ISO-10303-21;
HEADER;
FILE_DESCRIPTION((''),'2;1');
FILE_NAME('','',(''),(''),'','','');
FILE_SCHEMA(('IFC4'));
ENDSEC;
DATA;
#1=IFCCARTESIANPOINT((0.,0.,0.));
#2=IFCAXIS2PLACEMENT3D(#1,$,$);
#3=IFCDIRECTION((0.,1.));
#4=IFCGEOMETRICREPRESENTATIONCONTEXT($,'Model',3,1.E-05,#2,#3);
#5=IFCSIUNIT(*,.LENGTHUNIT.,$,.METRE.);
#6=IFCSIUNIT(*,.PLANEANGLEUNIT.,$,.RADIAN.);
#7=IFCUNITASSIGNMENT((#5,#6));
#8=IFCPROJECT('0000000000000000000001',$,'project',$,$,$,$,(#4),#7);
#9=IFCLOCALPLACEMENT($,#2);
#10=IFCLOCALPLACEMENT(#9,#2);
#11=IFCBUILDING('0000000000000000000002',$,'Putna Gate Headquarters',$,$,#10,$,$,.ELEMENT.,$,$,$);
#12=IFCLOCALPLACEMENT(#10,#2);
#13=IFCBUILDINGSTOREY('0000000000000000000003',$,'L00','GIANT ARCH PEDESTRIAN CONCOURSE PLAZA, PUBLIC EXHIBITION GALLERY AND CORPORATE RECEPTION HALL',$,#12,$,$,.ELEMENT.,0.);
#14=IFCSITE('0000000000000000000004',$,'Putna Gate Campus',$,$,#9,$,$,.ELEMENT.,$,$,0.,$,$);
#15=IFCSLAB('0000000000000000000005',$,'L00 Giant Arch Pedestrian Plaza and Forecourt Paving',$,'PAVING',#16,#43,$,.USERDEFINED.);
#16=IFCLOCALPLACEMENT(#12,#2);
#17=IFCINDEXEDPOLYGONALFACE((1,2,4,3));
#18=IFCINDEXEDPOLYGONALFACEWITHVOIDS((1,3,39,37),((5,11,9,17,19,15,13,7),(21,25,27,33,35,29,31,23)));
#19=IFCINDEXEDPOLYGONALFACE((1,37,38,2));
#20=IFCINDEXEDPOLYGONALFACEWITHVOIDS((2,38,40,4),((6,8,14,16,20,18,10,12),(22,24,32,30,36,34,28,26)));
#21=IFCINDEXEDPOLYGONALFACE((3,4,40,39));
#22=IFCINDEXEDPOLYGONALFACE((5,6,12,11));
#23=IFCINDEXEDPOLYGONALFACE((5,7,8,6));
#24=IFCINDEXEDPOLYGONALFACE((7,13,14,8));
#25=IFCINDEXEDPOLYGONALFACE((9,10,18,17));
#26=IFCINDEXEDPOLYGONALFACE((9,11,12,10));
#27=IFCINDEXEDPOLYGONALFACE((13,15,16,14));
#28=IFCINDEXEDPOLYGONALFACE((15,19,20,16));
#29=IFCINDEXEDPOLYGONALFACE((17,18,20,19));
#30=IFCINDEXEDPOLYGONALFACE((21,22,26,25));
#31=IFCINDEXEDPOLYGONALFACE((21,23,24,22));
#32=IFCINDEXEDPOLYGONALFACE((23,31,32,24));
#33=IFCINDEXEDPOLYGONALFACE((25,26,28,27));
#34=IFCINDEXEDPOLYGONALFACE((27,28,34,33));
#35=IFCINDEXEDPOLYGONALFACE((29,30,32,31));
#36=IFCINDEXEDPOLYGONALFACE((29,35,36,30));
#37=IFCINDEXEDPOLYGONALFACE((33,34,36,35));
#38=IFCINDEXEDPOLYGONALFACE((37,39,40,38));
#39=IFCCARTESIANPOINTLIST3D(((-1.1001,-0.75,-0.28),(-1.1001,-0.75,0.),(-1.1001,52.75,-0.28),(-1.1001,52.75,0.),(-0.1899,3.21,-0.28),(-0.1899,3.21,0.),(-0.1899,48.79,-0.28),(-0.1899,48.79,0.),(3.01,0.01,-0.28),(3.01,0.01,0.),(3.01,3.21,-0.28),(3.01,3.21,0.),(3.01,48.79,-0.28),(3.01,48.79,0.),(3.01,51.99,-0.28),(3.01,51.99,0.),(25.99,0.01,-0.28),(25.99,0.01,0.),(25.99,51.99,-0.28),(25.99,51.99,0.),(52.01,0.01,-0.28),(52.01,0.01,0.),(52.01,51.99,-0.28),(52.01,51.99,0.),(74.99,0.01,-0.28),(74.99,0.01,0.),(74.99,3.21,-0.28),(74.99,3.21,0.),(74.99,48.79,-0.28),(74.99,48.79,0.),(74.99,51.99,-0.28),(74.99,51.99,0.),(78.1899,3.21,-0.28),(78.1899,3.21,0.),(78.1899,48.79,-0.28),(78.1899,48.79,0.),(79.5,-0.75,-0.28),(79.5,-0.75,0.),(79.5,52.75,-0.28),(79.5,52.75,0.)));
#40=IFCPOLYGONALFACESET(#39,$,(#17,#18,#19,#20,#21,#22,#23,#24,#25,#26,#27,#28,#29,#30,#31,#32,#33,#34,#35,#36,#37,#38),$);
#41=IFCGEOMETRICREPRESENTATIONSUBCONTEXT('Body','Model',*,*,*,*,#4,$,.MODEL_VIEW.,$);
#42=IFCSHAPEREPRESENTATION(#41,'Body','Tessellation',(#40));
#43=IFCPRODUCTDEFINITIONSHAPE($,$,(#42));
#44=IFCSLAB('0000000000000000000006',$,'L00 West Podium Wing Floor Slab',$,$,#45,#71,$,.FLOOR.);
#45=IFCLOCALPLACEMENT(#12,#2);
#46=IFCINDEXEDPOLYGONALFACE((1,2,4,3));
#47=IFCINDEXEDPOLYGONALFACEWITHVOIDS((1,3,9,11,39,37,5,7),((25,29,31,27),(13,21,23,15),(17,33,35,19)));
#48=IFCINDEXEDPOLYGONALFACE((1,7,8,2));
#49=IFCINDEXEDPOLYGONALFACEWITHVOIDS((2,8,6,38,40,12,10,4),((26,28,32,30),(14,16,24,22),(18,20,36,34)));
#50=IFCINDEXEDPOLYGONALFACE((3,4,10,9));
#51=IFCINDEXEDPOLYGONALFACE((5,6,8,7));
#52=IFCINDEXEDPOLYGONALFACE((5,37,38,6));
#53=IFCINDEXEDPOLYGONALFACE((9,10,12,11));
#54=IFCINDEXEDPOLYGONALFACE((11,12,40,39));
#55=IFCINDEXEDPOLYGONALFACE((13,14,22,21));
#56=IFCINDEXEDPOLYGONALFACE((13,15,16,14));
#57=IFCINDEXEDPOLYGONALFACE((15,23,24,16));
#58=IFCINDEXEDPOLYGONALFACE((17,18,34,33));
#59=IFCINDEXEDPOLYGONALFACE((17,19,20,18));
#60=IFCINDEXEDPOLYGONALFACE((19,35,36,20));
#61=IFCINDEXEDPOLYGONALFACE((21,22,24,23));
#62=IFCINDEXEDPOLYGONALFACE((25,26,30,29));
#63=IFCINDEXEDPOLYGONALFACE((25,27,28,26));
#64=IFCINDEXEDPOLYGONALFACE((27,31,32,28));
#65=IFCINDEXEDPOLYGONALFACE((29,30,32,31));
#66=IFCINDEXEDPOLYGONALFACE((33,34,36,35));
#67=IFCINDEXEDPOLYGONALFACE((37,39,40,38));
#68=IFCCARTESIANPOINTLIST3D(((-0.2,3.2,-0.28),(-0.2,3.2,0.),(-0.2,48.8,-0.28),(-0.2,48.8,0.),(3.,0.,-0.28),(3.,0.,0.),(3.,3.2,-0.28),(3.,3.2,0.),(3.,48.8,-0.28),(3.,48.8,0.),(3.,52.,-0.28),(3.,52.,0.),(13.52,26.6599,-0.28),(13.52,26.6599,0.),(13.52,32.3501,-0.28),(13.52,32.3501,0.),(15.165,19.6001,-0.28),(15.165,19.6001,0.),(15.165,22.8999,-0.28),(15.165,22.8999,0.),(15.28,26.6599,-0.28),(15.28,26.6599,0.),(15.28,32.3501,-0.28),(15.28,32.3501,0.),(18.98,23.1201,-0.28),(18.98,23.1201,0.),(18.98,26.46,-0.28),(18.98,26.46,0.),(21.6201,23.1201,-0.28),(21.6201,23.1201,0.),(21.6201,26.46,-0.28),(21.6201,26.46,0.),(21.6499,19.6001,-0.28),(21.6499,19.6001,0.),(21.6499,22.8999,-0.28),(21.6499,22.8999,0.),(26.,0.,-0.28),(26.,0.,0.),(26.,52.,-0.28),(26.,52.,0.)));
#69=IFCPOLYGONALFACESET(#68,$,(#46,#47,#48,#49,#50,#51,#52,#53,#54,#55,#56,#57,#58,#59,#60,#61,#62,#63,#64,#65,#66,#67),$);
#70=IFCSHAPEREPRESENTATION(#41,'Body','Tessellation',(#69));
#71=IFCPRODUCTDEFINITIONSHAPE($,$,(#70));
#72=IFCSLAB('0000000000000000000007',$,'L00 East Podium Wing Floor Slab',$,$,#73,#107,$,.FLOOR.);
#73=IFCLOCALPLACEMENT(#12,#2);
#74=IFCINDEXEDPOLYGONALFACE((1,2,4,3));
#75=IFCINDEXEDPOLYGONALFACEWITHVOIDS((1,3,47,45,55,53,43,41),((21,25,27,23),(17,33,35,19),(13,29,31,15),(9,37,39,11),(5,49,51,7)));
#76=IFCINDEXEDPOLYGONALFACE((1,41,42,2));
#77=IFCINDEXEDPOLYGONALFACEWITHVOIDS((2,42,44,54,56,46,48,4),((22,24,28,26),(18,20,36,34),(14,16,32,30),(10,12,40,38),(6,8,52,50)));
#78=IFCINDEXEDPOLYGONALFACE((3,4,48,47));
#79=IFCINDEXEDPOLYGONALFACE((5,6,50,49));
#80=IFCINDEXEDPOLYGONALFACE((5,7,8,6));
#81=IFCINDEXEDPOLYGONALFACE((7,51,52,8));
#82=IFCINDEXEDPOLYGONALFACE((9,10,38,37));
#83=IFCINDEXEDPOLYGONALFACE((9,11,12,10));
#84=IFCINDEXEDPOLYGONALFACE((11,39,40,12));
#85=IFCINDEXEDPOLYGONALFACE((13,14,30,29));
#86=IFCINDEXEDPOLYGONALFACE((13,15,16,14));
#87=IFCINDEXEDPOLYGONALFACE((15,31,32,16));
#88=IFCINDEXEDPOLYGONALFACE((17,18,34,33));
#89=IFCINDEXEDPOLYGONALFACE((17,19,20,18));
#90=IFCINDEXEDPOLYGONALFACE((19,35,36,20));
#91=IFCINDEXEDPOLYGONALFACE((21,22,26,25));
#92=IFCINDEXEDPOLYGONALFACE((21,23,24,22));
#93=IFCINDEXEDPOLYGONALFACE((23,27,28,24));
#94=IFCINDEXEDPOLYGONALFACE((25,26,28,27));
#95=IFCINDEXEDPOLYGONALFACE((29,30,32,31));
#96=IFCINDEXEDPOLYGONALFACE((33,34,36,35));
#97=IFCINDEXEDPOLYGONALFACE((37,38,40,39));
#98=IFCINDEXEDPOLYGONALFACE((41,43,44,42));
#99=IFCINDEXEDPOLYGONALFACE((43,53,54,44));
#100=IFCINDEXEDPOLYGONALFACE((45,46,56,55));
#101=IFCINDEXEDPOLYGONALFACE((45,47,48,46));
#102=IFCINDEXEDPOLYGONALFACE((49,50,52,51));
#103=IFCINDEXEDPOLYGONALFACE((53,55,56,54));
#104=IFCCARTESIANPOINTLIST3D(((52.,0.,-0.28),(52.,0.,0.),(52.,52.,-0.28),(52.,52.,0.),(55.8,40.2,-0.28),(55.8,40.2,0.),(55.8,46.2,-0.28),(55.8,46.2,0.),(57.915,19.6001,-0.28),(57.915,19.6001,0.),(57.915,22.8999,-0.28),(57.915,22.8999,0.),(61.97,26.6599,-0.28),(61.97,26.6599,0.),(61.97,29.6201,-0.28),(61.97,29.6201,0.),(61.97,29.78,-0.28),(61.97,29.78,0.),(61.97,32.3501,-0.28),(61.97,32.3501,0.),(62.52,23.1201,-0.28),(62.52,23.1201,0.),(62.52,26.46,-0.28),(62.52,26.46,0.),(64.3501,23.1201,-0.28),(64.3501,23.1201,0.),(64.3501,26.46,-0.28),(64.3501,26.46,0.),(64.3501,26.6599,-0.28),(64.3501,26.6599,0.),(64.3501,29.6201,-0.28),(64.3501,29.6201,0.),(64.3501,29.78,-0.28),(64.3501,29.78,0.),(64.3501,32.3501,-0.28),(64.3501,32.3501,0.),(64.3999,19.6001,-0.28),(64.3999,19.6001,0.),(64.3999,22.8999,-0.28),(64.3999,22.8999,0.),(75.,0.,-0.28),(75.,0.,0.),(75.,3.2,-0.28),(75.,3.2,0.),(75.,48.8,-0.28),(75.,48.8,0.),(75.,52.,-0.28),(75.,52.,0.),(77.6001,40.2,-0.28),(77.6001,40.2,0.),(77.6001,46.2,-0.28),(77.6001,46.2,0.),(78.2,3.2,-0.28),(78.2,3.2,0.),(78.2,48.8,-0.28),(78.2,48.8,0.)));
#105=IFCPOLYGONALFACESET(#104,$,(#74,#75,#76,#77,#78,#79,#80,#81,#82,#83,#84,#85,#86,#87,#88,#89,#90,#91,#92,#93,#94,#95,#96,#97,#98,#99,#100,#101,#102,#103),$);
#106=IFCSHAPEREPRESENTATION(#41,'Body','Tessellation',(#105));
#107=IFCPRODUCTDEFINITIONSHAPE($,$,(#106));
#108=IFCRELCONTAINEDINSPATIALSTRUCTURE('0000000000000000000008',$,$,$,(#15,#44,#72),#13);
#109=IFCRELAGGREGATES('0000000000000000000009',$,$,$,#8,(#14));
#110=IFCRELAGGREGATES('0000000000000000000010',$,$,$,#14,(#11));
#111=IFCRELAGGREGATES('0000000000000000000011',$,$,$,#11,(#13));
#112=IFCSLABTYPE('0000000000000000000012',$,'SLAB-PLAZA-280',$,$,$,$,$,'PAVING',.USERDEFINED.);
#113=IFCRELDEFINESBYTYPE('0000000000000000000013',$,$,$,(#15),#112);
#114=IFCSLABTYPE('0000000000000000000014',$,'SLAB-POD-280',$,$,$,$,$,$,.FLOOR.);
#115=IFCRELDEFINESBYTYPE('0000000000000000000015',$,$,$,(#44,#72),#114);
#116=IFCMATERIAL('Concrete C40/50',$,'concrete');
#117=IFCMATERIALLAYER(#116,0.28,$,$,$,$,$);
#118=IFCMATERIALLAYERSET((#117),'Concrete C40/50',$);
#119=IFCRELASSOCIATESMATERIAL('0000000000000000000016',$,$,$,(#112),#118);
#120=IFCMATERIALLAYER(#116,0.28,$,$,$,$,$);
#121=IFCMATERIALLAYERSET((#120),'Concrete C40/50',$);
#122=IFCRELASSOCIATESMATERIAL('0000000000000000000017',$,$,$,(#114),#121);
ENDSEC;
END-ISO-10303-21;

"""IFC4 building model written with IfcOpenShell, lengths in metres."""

from ifc_helpers import new_model, si_unit, direction, frame, origin, place, context, subcontext, project, spatial, polyline, outline, extrude, material, layer, layer_set, type_object, element, save


model = new_model("IFC4")

# Units and contexts
model_context = context("Model", 3, precision=1e-05, world=origin(), true_north=direction((0.0, 1.0)))
body_context = subcontext(model_context, "Body", "Model", "MODEL_VIEW")
ifc_project = project(units=[si_unit("LENGTHUNIT", "METRE"), si_unit("PLANEANGLEUNIT", "RADIAN")], contexts=[model_context])

# Site, building, storey
site_placement = place(None, origin())
site = spatial("IfcSite", under=ifc_project, at=site_placement, Name="Putna Gate Campus", CompositionType="ELEMENT", RefElevation=0.0)
building_placement = place(site_placement, origin())
building = spatial("IfcBuilding", under=site, at=building_placement, Name="Putna Gate Headquarters", CompositionType="ELEMENT")
storey_placement = place(building_placement, origin())
storey = spatial("IfcBuildingStorey", under=building, at=storey_placement, Name="L00", Description="GIANT ARCH PEDESTRIAN CONCOURSE PLAZA, PUBLIC EXHIBITION GALLERY AND CORPORATE RECEPTION HALL", CompositionType="ELEMENT", Elevation=0.0)

# Shared definitions
ifc_material_1 = material(Name="Concrete C40/50", Category="concrete")

# Slabs
ifc_layer_1 = layer(ifc_material_1, 0.28)
ifc_layer_set_1 = layer_set([ifc_layer_1], Name="Concrete C40/50")
slab_type_1 = type_object("IfcSlabType", Name="SLAB-PLAZA-280", ElementType="PAVING", PredefinedType="USERDEFINED", material=ifc_layer_set_1)
slab_1_placement = place(storey_placement, frame((0.0, 0.0, -0.28)))
element("IfcSlab", 1, at=slab_1_placement, inside=storey, type_object=slab_type_1, Name="L00 Giant Arch Pedestrian Plaza and Forecourt Paving", ObjectType="PAVING", PredefinedType="USERDEFINED", context=body_context, shape_type="SweptSolid", body=[
    extrude(outline(polyline([(-1.1001, -0.75), (79.5, -0.75), (79.5, 52.75), (-1.1001, 52.75), (-1.1001, -0.75)]), holes=[polyline([(3.01, 0.01), (25.99, 0.01), (25.99, 51.99), (3.01, 51.99), (3.01, 48.79), (-0.1899, 48.79), (-0.1899, 3.21), (3.01, 3.21), (3.01, 0.01)]), polyline([(52.01, 0.01), (74.99, 0.01), (74.99, 3.21), (78.1899, 3.21), (78.1899, 48.79), (74.99, 48.79), (74.99, 51.99), (52.01, 51.99), (52.01, 0.01)])]), origin(), (0.0, 0.0, 1.0), 0.28),
])
ifc_layer_2 = layer(ifc_material_1, 0.28)
ifc_layer_set_2 = layer_set([ifc_layer_2], Name="Concrete C40/50")
slab_type_2 = type_object("IfcSlabType", Name="SLAB-POD-280", PredefinedType="FLOOR", material=ifc_layer_set_2)
slab_2_placement = place(storey_placement, frame((0.0, 0.0, -0.28)))
element("IfcSlab", 2, at=slab_2_placement, inside=storey, type_object=slab_type_2, Name="L00 West Podium Wing Floor Slab", PredefinedType="FLOOR", context=body_context, shape_type="SweptSolid", body=[
    extrude(outline(polyline([(3.0, 0.0), (26.0, 0.0), (26.0, 52.0), (3.0, 52.0), (3.0, 48.8), (-0.2, 48.8), (-0.2, 3.2), (3.0, 3.2), (3.0, 0.0)]), holes=[polyline([(15.165, 19.6001), (21.6499, 19.6001), (21.6499, 22.8999), (15.165, 22.8999), (15.165, 19.6001)]), polyline([(13.52, 26.6599), (15.28, 26.6599), (15.28, 32.3501), (13.52, 32.3501), (13.52, 26.6599)]), polyline([(18.98, 23.1201), (21.6201, 23.1201), (21.6201, 26.46), (18.98, 26.46), (18.98, 23.1201)])]), origin(), (0.0, 0.0, 1.0), 0.28),
])
slab_3_placement = place(storey_placement, frame((0.0, 0.0, -0.28)))
element("IfcSlab", 3, at=slab_3_placement, inside=storey, type_object=slab_type_2, Name="L00 East Podium Wing Floor Slab", PredefinedType="FLOOR", context=body_context, shape_type="SweptSolid", body=[
    extrude(outline(polyline([(52.0, 0.0), (75.0, 0.0), (75.0, 3.2), (78.2, 3.2), (78.2, 48.8), (75.0, 48.8), (75.0, 52.0), (52.0, 52.0), (52.0, 0.0)]), holes=[polyline([(57.915, 19.6001), (64.3999, 19.6001), (64.3999, 22.8999), (57.915, 22.8999), (57.915, 19.6001)]), polyline([(55.8, 40.2), (77.6001, 40.2), (77.6001, 46.2), (55.8, 46.2), (55.8, 40.2)]), polyline([(61.97, 29.78), (64.3501, 29.78), (64.3501, 32.3501), (61.97, 32.3501), (61.97, 29.78)]), polyline([(62.52, 23.1201), (64.3501, 23.1201), (64.3501, 26.46), (62.52, 26.46), (62.52, 23.1201)]), polyline([(61.97, 26.6599), (64.3501, 26.6599), (64.3501, 29.6201), (61.97, 29.6201), (61.97, 26.6599)])]), origin(), (0.0, 0.0, 1.0), 0.28),
])

save(model, "model.ifc")
